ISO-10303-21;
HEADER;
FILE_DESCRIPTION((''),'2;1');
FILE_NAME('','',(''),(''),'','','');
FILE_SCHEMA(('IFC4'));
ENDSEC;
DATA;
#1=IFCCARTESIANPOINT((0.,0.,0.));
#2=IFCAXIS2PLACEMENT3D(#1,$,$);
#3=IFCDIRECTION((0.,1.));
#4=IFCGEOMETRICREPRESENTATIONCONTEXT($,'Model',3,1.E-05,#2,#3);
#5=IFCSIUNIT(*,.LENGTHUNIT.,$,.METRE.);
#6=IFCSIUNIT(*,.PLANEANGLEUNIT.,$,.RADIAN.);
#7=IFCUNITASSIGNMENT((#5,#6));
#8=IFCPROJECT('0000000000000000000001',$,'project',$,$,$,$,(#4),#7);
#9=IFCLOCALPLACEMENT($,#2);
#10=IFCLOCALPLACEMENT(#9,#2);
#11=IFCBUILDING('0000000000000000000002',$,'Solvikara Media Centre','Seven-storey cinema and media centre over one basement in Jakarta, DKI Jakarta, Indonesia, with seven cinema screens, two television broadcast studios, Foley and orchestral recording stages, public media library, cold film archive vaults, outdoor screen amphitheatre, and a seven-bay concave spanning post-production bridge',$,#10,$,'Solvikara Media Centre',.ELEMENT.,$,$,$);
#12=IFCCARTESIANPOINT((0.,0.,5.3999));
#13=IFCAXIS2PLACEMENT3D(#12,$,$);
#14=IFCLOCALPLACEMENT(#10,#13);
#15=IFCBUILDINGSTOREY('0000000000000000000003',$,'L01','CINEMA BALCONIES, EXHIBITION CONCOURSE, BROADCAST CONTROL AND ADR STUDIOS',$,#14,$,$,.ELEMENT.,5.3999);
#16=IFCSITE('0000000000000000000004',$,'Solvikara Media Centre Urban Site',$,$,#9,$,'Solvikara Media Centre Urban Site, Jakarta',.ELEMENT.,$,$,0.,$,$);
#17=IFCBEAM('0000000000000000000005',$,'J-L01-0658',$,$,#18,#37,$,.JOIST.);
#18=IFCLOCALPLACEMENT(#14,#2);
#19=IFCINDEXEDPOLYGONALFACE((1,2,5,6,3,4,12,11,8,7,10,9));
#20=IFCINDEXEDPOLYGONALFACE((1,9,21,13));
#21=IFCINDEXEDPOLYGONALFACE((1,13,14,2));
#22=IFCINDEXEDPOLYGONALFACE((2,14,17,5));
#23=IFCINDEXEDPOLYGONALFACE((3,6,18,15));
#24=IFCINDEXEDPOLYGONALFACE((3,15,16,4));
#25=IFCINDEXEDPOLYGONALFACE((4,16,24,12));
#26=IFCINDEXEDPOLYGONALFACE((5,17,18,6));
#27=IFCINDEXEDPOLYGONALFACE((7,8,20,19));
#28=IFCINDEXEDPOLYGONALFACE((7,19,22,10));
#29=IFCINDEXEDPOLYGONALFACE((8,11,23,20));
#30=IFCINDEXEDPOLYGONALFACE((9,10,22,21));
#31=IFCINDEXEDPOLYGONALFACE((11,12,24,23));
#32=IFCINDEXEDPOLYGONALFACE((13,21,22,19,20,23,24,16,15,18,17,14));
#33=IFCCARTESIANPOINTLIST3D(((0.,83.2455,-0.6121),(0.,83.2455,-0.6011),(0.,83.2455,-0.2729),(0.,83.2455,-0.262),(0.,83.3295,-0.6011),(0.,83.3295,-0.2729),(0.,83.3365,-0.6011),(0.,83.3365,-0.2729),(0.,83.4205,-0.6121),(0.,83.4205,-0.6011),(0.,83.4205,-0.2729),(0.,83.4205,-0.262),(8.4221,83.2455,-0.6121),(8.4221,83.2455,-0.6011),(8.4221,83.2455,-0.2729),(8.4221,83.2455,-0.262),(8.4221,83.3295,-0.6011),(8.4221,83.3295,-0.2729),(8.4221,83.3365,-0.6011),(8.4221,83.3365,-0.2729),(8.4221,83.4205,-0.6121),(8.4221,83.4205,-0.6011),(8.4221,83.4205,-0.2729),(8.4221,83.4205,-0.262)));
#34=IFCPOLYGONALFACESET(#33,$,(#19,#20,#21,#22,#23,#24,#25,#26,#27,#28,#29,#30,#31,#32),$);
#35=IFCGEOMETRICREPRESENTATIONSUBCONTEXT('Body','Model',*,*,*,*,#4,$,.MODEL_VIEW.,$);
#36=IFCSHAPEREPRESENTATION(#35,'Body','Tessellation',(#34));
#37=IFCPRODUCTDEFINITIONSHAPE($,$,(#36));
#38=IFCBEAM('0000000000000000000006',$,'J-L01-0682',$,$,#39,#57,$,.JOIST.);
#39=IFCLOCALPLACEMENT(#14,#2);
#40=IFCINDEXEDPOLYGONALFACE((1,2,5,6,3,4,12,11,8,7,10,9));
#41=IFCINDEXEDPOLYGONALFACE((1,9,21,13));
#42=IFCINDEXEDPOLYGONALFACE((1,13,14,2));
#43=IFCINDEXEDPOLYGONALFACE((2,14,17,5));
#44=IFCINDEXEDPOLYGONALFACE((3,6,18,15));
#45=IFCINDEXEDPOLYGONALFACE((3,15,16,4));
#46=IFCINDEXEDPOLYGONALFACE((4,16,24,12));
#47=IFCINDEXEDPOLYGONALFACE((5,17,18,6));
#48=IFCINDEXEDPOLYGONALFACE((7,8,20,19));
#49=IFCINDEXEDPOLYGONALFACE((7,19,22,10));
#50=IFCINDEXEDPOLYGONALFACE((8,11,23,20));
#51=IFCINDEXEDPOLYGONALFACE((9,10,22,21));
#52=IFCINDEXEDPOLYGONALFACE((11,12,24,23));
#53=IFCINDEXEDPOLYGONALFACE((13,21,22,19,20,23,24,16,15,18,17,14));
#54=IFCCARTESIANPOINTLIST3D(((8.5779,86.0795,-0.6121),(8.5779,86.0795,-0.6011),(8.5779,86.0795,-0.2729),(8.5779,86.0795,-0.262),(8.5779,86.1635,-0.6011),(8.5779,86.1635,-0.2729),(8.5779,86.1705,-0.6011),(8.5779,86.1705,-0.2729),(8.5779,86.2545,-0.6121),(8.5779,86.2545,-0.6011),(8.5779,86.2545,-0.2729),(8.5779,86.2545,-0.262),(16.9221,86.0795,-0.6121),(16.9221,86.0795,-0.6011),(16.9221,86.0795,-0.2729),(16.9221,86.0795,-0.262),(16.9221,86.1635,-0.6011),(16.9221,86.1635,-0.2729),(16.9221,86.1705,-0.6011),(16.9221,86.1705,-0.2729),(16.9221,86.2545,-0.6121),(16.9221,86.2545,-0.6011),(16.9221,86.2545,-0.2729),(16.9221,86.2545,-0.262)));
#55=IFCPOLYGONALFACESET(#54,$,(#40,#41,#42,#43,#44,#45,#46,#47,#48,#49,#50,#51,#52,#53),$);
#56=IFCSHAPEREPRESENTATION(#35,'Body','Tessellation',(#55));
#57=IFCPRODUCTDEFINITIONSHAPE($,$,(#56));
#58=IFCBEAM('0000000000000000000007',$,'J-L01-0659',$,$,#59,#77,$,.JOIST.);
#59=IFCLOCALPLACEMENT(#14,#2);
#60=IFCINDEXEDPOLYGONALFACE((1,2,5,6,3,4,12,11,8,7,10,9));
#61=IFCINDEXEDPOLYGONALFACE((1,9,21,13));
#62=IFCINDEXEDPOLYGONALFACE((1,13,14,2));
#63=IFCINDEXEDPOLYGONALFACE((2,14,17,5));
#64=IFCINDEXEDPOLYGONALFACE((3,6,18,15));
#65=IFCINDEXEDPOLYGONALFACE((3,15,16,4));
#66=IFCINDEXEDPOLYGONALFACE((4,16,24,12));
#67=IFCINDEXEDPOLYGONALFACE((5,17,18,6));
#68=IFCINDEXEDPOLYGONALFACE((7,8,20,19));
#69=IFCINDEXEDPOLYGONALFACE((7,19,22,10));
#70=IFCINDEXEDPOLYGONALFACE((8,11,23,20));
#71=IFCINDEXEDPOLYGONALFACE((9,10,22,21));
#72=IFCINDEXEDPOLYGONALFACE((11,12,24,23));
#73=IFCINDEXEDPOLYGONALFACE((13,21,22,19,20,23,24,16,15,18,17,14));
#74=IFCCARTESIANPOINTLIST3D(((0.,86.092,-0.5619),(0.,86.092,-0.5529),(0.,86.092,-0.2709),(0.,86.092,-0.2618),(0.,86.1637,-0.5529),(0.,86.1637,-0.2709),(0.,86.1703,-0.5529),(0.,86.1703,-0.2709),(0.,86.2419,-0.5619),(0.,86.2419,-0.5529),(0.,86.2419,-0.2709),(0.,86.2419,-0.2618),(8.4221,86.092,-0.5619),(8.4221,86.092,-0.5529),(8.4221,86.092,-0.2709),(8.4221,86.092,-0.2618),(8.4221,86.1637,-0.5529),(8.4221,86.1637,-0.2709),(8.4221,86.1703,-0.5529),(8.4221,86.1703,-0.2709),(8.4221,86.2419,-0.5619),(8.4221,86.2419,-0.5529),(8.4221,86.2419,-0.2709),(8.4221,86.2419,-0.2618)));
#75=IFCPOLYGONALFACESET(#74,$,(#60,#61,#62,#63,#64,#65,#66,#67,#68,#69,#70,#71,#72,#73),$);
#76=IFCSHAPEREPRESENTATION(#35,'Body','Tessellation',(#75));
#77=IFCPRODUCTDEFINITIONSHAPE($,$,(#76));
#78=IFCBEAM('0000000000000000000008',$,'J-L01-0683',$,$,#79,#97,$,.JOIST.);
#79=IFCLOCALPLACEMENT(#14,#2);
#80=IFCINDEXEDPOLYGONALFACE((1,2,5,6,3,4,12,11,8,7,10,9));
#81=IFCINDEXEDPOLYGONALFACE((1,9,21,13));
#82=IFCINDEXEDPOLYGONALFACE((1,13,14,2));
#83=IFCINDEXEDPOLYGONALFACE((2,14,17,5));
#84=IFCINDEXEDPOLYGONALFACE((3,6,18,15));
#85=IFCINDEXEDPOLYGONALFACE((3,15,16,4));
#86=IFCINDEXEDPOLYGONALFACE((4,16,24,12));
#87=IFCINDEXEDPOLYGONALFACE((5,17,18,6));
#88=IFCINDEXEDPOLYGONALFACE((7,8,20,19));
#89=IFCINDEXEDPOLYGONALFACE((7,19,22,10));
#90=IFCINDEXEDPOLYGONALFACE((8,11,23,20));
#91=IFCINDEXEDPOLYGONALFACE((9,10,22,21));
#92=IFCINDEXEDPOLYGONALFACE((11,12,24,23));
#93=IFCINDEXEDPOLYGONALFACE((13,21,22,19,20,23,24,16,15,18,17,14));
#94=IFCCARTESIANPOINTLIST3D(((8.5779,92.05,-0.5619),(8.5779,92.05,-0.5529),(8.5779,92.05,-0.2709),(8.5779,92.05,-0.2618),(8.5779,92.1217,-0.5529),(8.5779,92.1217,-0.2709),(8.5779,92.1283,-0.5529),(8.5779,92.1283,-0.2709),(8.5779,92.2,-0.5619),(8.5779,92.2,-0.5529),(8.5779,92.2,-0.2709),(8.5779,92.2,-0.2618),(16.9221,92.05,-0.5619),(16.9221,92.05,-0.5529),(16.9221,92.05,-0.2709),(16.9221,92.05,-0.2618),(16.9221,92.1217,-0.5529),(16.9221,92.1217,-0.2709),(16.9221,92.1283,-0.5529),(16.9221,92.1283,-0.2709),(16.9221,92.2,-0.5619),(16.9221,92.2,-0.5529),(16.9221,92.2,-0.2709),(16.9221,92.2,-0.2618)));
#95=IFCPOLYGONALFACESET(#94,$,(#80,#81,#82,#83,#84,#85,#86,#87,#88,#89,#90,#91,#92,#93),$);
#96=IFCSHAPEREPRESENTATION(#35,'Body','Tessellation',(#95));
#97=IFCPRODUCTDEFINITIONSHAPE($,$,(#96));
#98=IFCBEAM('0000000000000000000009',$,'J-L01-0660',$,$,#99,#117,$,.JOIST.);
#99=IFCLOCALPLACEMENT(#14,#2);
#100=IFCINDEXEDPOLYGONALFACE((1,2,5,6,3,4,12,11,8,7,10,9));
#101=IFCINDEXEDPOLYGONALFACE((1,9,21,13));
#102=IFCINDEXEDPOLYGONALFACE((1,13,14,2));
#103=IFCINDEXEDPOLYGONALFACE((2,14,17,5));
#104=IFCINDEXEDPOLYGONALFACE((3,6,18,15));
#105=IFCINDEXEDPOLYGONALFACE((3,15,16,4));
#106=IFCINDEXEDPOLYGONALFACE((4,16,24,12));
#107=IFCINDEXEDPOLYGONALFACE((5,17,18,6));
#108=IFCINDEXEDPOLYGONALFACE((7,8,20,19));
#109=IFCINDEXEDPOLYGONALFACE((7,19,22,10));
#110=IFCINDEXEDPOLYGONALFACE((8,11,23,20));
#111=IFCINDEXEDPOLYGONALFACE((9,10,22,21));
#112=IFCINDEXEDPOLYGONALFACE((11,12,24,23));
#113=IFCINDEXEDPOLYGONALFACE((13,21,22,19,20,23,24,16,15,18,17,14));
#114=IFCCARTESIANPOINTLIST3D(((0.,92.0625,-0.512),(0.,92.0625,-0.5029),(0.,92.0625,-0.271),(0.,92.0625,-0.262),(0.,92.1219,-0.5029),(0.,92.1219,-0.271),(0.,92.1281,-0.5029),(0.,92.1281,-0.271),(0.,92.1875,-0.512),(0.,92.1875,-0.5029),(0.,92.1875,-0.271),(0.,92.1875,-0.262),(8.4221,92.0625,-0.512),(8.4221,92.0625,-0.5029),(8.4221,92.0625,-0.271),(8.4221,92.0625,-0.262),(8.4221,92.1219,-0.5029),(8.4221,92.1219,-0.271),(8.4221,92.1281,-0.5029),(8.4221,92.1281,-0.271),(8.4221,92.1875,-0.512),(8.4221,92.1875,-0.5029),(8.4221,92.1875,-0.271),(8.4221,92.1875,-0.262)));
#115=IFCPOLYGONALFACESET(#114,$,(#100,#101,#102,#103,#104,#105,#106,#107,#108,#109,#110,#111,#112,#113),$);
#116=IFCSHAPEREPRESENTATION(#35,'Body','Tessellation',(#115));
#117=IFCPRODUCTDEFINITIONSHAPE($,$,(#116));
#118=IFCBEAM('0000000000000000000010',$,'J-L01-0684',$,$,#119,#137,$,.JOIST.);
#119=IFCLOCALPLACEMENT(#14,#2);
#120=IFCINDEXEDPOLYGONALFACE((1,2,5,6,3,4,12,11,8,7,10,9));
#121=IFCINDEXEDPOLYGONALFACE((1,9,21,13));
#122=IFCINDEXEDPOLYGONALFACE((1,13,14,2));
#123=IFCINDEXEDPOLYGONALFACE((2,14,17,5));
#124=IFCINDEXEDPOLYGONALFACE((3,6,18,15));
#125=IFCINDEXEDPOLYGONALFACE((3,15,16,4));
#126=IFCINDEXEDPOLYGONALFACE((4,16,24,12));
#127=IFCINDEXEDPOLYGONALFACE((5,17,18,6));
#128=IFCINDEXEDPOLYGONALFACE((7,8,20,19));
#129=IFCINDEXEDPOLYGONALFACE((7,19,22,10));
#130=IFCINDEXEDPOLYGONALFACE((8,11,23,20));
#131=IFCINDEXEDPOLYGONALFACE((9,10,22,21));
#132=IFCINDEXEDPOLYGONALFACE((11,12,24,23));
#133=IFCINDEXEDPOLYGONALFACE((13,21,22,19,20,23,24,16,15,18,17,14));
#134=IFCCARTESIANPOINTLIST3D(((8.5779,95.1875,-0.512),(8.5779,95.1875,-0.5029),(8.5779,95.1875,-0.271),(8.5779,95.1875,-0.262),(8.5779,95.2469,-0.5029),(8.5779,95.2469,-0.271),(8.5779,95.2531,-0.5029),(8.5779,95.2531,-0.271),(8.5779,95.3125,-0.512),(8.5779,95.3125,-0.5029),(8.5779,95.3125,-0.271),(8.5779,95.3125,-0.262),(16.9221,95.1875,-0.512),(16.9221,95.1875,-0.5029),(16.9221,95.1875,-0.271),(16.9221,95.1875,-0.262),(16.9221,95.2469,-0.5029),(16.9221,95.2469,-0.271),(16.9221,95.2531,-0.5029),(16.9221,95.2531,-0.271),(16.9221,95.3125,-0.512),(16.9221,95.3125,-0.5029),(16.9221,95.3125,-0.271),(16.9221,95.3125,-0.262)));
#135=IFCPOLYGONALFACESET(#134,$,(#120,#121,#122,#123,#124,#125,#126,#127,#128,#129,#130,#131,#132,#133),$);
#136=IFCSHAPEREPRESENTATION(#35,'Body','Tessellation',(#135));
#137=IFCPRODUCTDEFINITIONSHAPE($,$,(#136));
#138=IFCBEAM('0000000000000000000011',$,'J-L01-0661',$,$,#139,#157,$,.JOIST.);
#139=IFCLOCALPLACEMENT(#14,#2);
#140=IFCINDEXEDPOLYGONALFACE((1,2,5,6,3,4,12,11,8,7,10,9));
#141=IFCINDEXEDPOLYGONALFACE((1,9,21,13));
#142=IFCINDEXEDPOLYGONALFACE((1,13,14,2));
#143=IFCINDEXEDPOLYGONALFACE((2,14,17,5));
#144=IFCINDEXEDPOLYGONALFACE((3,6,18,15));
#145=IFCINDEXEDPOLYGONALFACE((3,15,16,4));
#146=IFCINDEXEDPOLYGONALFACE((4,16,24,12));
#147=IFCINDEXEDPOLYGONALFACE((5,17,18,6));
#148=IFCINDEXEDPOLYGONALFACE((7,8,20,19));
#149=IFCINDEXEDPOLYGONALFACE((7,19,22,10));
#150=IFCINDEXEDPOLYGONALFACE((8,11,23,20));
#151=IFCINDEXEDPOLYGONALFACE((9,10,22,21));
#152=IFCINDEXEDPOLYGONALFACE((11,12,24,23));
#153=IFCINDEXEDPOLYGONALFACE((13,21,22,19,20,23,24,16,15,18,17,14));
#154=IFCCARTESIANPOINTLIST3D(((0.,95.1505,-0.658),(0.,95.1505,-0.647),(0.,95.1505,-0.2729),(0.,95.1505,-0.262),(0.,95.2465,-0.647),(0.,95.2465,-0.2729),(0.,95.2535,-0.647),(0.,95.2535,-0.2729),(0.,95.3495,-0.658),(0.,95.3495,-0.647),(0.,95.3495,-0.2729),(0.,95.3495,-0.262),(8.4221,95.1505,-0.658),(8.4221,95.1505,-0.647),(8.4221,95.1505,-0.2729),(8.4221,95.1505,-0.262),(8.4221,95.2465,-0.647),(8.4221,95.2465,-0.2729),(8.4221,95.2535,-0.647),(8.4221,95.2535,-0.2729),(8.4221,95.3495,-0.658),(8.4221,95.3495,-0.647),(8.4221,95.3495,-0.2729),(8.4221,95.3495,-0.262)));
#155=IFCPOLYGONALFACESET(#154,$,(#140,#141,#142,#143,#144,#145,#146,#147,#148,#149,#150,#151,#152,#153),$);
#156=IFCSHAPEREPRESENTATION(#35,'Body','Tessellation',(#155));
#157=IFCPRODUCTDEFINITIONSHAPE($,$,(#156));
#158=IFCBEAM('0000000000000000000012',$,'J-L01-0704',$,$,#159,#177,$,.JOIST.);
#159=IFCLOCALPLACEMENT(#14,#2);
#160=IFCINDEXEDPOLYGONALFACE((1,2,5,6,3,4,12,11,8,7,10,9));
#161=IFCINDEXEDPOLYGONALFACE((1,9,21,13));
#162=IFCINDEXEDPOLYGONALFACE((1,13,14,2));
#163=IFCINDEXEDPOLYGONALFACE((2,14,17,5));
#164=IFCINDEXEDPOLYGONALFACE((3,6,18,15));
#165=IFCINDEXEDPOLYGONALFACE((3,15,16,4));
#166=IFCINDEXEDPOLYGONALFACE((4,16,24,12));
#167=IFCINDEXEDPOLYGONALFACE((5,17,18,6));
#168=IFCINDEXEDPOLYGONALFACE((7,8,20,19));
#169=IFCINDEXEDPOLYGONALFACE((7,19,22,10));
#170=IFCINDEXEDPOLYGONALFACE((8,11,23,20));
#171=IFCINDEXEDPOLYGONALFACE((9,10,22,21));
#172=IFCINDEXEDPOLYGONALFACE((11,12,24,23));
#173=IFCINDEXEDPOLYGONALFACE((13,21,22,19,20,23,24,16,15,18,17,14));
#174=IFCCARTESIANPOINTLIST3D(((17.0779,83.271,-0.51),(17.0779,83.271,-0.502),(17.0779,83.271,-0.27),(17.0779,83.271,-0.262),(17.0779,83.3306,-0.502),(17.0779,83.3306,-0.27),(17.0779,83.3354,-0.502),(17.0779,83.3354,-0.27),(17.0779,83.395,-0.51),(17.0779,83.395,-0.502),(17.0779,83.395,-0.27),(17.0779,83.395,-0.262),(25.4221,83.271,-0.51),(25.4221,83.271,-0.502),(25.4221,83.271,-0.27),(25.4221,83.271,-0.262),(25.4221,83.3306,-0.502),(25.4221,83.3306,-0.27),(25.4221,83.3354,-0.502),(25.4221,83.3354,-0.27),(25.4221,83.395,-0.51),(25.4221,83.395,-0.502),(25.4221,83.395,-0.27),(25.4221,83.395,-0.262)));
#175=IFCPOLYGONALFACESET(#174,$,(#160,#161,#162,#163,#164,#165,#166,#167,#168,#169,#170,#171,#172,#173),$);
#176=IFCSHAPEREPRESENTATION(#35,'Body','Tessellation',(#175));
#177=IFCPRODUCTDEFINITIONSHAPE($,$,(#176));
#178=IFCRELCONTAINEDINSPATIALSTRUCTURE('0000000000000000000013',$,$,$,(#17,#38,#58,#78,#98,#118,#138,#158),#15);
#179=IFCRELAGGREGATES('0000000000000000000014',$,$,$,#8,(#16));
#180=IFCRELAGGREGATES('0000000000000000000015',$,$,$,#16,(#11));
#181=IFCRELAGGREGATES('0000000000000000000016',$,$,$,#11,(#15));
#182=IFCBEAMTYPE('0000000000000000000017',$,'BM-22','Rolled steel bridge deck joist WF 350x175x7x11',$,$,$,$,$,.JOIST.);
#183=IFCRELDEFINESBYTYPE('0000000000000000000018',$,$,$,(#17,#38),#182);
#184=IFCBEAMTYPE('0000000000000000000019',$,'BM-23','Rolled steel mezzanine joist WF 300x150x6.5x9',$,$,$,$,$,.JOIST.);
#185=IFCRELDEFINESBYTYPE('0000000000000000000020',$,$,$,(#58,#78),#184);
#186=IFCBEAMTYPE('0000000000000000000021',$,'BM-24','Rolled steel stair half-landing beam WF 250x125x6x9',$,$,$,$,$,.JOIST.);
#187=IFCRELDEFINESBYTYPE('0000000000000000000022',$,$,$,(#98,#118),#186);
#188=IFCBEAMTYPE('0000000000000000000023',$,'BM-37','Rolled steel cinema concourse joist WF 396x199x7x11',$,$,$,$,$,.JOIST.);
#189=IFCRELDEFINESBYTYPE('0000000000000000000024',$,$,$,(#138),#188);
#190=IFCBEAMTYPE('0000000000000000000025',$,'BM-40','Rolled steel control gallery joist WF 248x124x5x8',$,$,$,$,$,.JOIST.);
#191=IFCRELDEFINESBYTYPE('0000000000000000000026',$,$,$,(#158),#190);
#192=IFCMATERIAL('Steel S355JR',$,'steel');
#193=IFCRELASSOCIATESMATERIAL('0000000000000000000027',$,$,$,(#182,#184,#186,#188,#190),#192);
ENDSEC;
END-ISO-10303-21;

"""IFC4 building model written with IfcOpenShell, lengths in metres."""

from ifc_helpers import new_model, si_unit, direction, frame, origin, origin_2d, place, context, subcontext, project, spatial, i_section, extrude, material, material_profile, profile_set, type_object, element, save


model = new_model("IFC4")

# Units and contexts
model_context = context("Model", 3, precision=1e-05, world=origin(), true_north=direction((0.0, 1.0)))
body_context = subcontext(model_context, "Body", "Model", "MODEL_VIEW")
ifc_project = project(units=[si_unit("LENGTHUNIT", "METRE"), si_unit("PLANEANGLEUNIT", "RADIAN")], contexts=[model_context])

# Site, building, storey
site_placement = place(None, origin())
site = spatial("IfcSite", under=ifc_project, at=site_placement, Name="Solvikara Media Centre Urban Site", LongName="Solvikara Media Centre Urban Site, Jakarta", CompositionType="ELEMENT", RefElevation=0.0)
building_placement = place(site_placement, origin())
building = spatial("IfcBuilding", under=site, at=building_placement, Name="Solvikara Media Centre", Description="Seven-storey cinema and media centre over one basement in Jakarta, DKI Jakarta, Indonesia, with seven cinema screens, two television broadcast studios, Foley and orchestral recording stages, public media library, cold film archive vaults, outdoor screen amphitheatre, and a seven-bay concave spanning post-production bridge", LongName="Solvikara Media Centre", CompositionType="ELEMENT")
storey_placement = place(building_placement, frame((0.0, 0.0, 5.3999)))
storey = spatial("IfcBuildingStorey", under=building, at=storey_placement, Name="L01", Description="CINEMA BALCONIES, EXHIBITION CONCOURSE, BROADCAST CONTROL AND ADR STUDIOS", CompositionType="ELEMENT", Elevation=5.3999)

# Shared definitions
ifc_material_1 = material(Name="Steel S355JR", Category="steel")

# Beams
ifc_material_profile_1 = material_profile(ifc_material_1, i_section(OverallWidth=0.175, OverallDepth=0.3501, WebThickness=0.0071, FlangeThickness=0.011, at=origin_2d()), Name="WF 350x175x7x11")
ifc_profile_set_1 = profile_set([ifc_material_profile_1], Name="Steel S355JR")
beam_type_1 = type_object("IfcBeamType", Name="BM-22", Description="Rolled steel bridge deck joist WF 350x175x7x11", PredefinedType="JOIST", material=ifc_profile_set_1)
beam_1_placement = place(storey_placement, frame((0.0, 83.333, -0.437), z_axis=(1.0, 0.0, 0.0), x_axis=(0.0, 1.0, 0.0)))
element("IfcBeam", 1, at=beam_1_placement, inside=storey, type_object=beam_type_1, Name="J-L01-0658", PredefinedType="JOIST", context=body_context, shape_type="SweptSolid", body=[
    extrude(i_section(OverallWidth=0.175, OverallDepth=0.3501, WebThickness=0.0071, FlangeThickness=0.011, at=origin_2d()), origin(), (0.0, 0.0, 1.0), 8.4221),
])
beam_2_placement = place(storey_placement, frame((8.5779, 86.167, -0.437), z_axis=(1.0, 0.0, 0.0), x_axis=(0.0, 1.0, 0.0)))
element("IfcBeam", 2, at=beam_2_placement, inside=storey, type_object=beam_type_1, Name="J-L01-0682", PredefinedType="JOIST", context=body_context, shape_type="SweptSolid", body=[
    extrude(i_section(OverallWidth=0.175, OverallDepth=0.3501, WebThickness=0.0071, FlangeThickness=0.011, at=origin_2d()), origin(), (0.0, 0.0, 1.0), 8.3442),
])
ifc_material_profile_2 = material_profile(ifc_material_1, i_section(OverallWidth=0.1499, OverallDepth=0.3, WebThickness=0.0066, FlangeThickness=0.009, at=origin_2d()), Name="WF 300x150x6.5x9")
ifc_profile_set_2 = profile_set([ifc_material_profile_2], Name="Steel S355JR")
beam_type_2 = type_object("IfcBeamType", Name="BM-23", Description="Rolled steel mezzanine joist WF 300x150x6.5x9", PredefinedType="JOIST", material=ifc_profile_set_2)
beam_3_placement = place(storey_placement, frame((0.0, 86.167, -0.4119), z_axis=(1.0, 0.0, 0.0), x_axis=(0.0, 1.0, 0.0)))
element("IfcBeam", 3, at=beam_3_placement, inside=storey, type_object=beam_type_2, Name="J-L01-0659", PredefinedType="JOIST", context=body_context, shape_type="SweptSolid", body=[
    extrude(i_section(OverallWidth=0.1499, OverallDepth=0.3, WebThickness=0.0066, FlangeThickness=0.009, at=origin_2d()), origin(), (0.0, 0.0, 1.0), 8.4221),
])
beam_4_placement = place(storey_placement, frame((8.5779, 92.125, -0.4119), z_axis=(1.0, 0.0, 0.0), x_axis=(0.0, 1.0, 0.0)))
element("IfcBeam", 4, at=beam_4_placement, inside=storey, type_object=beam_type_2, Name="J-L01-0683", PredefinedType="JOIST", context=body_context, shape_type="SweptSolid", body=[
    extrude(i_section(OverallWidth=0.1499, OverallDepth=0.3, WebThickness=0.0066, FlangeThickness=0.009, at=origin_2d()), origin(), (0.0, 0.0, 1.0), 8.3442),
])
ifc_material_profile_3 = material_profile(ifc_material_1, i_section(OverallWidth=0.125, OverallDepth=0.25, WebThickness=0.0061, FlangeThickness=0.009, at=origin_2d()), Name="WF 250x125x6x9")
ifc_profile_set_3 = profile_set([ifc_material_profile_3], Name="Steel S355JR")
beam_type_3 = type_object("IfcBeamType", Name="BM-24", Description="Rolled steel stair half-landing beam WF 250x125x6x9", PredefinedType="JOIST", material=ifc_profile_set_3)
beam_5_placement = place(storey_placement, frame((0.0, 92.125, -0.387), z_axis=(1.0, 0.0, 0.0), x_axis=(0.0, 1.0, 0.0)))
element("IfcBeam", 5, at=beam_5_placement, inside=storey, type_object=beam_type_3, Name="J-L01-0660", PredefinedType="JOIST", context=body_context, shape_type="SweptSolid", body=[
    extrude(i_section(OverallWidth=0.125, OverallDepth=0.25, WebThickness=0.0061, FlangeThickness=0.009, at=origin_2d()), origin(), (0.0, 0.0, 1.0), 8.4221),
])
beam_6_placement = place(storey_placement, frame((8.5779, 95.25, -0.387), z_axis=(1.0, 0.0, 0.0), x_axis=(0.0, 1.0, 0.0)))
element("IfcBeam", 6, at=beam_6_placement, inside=storey, type_object=beam_type_3, Name="J-L01-0684", PredefinedType="JOIST", context=body_context, shape_type="SweptSolid", body=[
    extrude(i_section(OverallWidth=0.125, OverallDepth=0.25, WebThickness=0.0061, FlangeThickness=0.009, at=origin_2d()), origin(), (0.0, 0.0, 1.0), 8.3442),
])
ifc_material_profile_4 = material_profile(ifc_material_1, i_section(OverallWidth=0.199, OverallDepth=0.396, WebThickness=0.0071, FlangeThickness=0.011, at=origin_2d()), Name="WF 396x199x7x11")
ifc_profile_set_4 = profile_set([ifc_material_profile_4], Name="Steel S355JR")
beam_type_4 = type_object("IfcBeamType", Name="BM-37", Description="Rolled steel cinema concourse joist WF 396x199x7x11", PredefinedType="JOIST", material=ifc_profile_set_4)
beam_7_placement = place(storey_placement, frame((0.0, 95.25, -0.46), z_axis=(1.0, 0.0, 0.0), x_axis=(0.0, 1.0, 0.0)))
element("IfcBeam", 7, at=beam_7_placement, inside=storey, type_object=beam_type_4, Name="J-L01-0661", PredefinedType="JOIST", context=body_context, shape_type="SweptSolid", body=[
    extrude(i_section(OverallWidth=0.199, OverallDepth=0.396, WebThickness=0.0071, FlangeThickness=0.011, at=origin_2d()), origin(), (0.0, 0.0, 1.0), 8.4221),
])
ifc_material_profile_5 = material_profile(ifc_material_1, i_section(OverallWidth=0.124, OverallDepth=0.248, WebThickness=0.0049, FlangeThickness=0.0081, at=origin_2d()), Name="WF 248x124x5x8")
ifc_profile_set_5 = profile_set([ifc_material_profile_5], Name="Steel S355JR")
beam_type_5 = type_object("IfcBeamType", Name="BM-40", Description="Rolled steel control gallery joist WF 248x124x5x8", PredefinedType="JOIST", material=ifc_profile_set_5)
beam_8_placement = place(storey_placement, frame((17.0779, 83.333, -0.386), z_axis=(1.0, 0.0, 0.0), x_axis=(0.0, 1.0, 0.0)))
element("IfcBeam", 8, at=beam_8_placement, inside=storey, type_object=beam_type_5, Name="J-L01-0704", PredefinedType="JOIST", context=body_context, shape_type="SweptSolid", body=[
    extrude(i_section(OverallWidth=0.124, OverallDepth=0.248, WebThickness=0.0049, FlangeThickness=0.0081, at=origin_2d()), origin(), (0.0, 0.0, 1.0), 8.3442),
])

save(model, "model.ifc")
